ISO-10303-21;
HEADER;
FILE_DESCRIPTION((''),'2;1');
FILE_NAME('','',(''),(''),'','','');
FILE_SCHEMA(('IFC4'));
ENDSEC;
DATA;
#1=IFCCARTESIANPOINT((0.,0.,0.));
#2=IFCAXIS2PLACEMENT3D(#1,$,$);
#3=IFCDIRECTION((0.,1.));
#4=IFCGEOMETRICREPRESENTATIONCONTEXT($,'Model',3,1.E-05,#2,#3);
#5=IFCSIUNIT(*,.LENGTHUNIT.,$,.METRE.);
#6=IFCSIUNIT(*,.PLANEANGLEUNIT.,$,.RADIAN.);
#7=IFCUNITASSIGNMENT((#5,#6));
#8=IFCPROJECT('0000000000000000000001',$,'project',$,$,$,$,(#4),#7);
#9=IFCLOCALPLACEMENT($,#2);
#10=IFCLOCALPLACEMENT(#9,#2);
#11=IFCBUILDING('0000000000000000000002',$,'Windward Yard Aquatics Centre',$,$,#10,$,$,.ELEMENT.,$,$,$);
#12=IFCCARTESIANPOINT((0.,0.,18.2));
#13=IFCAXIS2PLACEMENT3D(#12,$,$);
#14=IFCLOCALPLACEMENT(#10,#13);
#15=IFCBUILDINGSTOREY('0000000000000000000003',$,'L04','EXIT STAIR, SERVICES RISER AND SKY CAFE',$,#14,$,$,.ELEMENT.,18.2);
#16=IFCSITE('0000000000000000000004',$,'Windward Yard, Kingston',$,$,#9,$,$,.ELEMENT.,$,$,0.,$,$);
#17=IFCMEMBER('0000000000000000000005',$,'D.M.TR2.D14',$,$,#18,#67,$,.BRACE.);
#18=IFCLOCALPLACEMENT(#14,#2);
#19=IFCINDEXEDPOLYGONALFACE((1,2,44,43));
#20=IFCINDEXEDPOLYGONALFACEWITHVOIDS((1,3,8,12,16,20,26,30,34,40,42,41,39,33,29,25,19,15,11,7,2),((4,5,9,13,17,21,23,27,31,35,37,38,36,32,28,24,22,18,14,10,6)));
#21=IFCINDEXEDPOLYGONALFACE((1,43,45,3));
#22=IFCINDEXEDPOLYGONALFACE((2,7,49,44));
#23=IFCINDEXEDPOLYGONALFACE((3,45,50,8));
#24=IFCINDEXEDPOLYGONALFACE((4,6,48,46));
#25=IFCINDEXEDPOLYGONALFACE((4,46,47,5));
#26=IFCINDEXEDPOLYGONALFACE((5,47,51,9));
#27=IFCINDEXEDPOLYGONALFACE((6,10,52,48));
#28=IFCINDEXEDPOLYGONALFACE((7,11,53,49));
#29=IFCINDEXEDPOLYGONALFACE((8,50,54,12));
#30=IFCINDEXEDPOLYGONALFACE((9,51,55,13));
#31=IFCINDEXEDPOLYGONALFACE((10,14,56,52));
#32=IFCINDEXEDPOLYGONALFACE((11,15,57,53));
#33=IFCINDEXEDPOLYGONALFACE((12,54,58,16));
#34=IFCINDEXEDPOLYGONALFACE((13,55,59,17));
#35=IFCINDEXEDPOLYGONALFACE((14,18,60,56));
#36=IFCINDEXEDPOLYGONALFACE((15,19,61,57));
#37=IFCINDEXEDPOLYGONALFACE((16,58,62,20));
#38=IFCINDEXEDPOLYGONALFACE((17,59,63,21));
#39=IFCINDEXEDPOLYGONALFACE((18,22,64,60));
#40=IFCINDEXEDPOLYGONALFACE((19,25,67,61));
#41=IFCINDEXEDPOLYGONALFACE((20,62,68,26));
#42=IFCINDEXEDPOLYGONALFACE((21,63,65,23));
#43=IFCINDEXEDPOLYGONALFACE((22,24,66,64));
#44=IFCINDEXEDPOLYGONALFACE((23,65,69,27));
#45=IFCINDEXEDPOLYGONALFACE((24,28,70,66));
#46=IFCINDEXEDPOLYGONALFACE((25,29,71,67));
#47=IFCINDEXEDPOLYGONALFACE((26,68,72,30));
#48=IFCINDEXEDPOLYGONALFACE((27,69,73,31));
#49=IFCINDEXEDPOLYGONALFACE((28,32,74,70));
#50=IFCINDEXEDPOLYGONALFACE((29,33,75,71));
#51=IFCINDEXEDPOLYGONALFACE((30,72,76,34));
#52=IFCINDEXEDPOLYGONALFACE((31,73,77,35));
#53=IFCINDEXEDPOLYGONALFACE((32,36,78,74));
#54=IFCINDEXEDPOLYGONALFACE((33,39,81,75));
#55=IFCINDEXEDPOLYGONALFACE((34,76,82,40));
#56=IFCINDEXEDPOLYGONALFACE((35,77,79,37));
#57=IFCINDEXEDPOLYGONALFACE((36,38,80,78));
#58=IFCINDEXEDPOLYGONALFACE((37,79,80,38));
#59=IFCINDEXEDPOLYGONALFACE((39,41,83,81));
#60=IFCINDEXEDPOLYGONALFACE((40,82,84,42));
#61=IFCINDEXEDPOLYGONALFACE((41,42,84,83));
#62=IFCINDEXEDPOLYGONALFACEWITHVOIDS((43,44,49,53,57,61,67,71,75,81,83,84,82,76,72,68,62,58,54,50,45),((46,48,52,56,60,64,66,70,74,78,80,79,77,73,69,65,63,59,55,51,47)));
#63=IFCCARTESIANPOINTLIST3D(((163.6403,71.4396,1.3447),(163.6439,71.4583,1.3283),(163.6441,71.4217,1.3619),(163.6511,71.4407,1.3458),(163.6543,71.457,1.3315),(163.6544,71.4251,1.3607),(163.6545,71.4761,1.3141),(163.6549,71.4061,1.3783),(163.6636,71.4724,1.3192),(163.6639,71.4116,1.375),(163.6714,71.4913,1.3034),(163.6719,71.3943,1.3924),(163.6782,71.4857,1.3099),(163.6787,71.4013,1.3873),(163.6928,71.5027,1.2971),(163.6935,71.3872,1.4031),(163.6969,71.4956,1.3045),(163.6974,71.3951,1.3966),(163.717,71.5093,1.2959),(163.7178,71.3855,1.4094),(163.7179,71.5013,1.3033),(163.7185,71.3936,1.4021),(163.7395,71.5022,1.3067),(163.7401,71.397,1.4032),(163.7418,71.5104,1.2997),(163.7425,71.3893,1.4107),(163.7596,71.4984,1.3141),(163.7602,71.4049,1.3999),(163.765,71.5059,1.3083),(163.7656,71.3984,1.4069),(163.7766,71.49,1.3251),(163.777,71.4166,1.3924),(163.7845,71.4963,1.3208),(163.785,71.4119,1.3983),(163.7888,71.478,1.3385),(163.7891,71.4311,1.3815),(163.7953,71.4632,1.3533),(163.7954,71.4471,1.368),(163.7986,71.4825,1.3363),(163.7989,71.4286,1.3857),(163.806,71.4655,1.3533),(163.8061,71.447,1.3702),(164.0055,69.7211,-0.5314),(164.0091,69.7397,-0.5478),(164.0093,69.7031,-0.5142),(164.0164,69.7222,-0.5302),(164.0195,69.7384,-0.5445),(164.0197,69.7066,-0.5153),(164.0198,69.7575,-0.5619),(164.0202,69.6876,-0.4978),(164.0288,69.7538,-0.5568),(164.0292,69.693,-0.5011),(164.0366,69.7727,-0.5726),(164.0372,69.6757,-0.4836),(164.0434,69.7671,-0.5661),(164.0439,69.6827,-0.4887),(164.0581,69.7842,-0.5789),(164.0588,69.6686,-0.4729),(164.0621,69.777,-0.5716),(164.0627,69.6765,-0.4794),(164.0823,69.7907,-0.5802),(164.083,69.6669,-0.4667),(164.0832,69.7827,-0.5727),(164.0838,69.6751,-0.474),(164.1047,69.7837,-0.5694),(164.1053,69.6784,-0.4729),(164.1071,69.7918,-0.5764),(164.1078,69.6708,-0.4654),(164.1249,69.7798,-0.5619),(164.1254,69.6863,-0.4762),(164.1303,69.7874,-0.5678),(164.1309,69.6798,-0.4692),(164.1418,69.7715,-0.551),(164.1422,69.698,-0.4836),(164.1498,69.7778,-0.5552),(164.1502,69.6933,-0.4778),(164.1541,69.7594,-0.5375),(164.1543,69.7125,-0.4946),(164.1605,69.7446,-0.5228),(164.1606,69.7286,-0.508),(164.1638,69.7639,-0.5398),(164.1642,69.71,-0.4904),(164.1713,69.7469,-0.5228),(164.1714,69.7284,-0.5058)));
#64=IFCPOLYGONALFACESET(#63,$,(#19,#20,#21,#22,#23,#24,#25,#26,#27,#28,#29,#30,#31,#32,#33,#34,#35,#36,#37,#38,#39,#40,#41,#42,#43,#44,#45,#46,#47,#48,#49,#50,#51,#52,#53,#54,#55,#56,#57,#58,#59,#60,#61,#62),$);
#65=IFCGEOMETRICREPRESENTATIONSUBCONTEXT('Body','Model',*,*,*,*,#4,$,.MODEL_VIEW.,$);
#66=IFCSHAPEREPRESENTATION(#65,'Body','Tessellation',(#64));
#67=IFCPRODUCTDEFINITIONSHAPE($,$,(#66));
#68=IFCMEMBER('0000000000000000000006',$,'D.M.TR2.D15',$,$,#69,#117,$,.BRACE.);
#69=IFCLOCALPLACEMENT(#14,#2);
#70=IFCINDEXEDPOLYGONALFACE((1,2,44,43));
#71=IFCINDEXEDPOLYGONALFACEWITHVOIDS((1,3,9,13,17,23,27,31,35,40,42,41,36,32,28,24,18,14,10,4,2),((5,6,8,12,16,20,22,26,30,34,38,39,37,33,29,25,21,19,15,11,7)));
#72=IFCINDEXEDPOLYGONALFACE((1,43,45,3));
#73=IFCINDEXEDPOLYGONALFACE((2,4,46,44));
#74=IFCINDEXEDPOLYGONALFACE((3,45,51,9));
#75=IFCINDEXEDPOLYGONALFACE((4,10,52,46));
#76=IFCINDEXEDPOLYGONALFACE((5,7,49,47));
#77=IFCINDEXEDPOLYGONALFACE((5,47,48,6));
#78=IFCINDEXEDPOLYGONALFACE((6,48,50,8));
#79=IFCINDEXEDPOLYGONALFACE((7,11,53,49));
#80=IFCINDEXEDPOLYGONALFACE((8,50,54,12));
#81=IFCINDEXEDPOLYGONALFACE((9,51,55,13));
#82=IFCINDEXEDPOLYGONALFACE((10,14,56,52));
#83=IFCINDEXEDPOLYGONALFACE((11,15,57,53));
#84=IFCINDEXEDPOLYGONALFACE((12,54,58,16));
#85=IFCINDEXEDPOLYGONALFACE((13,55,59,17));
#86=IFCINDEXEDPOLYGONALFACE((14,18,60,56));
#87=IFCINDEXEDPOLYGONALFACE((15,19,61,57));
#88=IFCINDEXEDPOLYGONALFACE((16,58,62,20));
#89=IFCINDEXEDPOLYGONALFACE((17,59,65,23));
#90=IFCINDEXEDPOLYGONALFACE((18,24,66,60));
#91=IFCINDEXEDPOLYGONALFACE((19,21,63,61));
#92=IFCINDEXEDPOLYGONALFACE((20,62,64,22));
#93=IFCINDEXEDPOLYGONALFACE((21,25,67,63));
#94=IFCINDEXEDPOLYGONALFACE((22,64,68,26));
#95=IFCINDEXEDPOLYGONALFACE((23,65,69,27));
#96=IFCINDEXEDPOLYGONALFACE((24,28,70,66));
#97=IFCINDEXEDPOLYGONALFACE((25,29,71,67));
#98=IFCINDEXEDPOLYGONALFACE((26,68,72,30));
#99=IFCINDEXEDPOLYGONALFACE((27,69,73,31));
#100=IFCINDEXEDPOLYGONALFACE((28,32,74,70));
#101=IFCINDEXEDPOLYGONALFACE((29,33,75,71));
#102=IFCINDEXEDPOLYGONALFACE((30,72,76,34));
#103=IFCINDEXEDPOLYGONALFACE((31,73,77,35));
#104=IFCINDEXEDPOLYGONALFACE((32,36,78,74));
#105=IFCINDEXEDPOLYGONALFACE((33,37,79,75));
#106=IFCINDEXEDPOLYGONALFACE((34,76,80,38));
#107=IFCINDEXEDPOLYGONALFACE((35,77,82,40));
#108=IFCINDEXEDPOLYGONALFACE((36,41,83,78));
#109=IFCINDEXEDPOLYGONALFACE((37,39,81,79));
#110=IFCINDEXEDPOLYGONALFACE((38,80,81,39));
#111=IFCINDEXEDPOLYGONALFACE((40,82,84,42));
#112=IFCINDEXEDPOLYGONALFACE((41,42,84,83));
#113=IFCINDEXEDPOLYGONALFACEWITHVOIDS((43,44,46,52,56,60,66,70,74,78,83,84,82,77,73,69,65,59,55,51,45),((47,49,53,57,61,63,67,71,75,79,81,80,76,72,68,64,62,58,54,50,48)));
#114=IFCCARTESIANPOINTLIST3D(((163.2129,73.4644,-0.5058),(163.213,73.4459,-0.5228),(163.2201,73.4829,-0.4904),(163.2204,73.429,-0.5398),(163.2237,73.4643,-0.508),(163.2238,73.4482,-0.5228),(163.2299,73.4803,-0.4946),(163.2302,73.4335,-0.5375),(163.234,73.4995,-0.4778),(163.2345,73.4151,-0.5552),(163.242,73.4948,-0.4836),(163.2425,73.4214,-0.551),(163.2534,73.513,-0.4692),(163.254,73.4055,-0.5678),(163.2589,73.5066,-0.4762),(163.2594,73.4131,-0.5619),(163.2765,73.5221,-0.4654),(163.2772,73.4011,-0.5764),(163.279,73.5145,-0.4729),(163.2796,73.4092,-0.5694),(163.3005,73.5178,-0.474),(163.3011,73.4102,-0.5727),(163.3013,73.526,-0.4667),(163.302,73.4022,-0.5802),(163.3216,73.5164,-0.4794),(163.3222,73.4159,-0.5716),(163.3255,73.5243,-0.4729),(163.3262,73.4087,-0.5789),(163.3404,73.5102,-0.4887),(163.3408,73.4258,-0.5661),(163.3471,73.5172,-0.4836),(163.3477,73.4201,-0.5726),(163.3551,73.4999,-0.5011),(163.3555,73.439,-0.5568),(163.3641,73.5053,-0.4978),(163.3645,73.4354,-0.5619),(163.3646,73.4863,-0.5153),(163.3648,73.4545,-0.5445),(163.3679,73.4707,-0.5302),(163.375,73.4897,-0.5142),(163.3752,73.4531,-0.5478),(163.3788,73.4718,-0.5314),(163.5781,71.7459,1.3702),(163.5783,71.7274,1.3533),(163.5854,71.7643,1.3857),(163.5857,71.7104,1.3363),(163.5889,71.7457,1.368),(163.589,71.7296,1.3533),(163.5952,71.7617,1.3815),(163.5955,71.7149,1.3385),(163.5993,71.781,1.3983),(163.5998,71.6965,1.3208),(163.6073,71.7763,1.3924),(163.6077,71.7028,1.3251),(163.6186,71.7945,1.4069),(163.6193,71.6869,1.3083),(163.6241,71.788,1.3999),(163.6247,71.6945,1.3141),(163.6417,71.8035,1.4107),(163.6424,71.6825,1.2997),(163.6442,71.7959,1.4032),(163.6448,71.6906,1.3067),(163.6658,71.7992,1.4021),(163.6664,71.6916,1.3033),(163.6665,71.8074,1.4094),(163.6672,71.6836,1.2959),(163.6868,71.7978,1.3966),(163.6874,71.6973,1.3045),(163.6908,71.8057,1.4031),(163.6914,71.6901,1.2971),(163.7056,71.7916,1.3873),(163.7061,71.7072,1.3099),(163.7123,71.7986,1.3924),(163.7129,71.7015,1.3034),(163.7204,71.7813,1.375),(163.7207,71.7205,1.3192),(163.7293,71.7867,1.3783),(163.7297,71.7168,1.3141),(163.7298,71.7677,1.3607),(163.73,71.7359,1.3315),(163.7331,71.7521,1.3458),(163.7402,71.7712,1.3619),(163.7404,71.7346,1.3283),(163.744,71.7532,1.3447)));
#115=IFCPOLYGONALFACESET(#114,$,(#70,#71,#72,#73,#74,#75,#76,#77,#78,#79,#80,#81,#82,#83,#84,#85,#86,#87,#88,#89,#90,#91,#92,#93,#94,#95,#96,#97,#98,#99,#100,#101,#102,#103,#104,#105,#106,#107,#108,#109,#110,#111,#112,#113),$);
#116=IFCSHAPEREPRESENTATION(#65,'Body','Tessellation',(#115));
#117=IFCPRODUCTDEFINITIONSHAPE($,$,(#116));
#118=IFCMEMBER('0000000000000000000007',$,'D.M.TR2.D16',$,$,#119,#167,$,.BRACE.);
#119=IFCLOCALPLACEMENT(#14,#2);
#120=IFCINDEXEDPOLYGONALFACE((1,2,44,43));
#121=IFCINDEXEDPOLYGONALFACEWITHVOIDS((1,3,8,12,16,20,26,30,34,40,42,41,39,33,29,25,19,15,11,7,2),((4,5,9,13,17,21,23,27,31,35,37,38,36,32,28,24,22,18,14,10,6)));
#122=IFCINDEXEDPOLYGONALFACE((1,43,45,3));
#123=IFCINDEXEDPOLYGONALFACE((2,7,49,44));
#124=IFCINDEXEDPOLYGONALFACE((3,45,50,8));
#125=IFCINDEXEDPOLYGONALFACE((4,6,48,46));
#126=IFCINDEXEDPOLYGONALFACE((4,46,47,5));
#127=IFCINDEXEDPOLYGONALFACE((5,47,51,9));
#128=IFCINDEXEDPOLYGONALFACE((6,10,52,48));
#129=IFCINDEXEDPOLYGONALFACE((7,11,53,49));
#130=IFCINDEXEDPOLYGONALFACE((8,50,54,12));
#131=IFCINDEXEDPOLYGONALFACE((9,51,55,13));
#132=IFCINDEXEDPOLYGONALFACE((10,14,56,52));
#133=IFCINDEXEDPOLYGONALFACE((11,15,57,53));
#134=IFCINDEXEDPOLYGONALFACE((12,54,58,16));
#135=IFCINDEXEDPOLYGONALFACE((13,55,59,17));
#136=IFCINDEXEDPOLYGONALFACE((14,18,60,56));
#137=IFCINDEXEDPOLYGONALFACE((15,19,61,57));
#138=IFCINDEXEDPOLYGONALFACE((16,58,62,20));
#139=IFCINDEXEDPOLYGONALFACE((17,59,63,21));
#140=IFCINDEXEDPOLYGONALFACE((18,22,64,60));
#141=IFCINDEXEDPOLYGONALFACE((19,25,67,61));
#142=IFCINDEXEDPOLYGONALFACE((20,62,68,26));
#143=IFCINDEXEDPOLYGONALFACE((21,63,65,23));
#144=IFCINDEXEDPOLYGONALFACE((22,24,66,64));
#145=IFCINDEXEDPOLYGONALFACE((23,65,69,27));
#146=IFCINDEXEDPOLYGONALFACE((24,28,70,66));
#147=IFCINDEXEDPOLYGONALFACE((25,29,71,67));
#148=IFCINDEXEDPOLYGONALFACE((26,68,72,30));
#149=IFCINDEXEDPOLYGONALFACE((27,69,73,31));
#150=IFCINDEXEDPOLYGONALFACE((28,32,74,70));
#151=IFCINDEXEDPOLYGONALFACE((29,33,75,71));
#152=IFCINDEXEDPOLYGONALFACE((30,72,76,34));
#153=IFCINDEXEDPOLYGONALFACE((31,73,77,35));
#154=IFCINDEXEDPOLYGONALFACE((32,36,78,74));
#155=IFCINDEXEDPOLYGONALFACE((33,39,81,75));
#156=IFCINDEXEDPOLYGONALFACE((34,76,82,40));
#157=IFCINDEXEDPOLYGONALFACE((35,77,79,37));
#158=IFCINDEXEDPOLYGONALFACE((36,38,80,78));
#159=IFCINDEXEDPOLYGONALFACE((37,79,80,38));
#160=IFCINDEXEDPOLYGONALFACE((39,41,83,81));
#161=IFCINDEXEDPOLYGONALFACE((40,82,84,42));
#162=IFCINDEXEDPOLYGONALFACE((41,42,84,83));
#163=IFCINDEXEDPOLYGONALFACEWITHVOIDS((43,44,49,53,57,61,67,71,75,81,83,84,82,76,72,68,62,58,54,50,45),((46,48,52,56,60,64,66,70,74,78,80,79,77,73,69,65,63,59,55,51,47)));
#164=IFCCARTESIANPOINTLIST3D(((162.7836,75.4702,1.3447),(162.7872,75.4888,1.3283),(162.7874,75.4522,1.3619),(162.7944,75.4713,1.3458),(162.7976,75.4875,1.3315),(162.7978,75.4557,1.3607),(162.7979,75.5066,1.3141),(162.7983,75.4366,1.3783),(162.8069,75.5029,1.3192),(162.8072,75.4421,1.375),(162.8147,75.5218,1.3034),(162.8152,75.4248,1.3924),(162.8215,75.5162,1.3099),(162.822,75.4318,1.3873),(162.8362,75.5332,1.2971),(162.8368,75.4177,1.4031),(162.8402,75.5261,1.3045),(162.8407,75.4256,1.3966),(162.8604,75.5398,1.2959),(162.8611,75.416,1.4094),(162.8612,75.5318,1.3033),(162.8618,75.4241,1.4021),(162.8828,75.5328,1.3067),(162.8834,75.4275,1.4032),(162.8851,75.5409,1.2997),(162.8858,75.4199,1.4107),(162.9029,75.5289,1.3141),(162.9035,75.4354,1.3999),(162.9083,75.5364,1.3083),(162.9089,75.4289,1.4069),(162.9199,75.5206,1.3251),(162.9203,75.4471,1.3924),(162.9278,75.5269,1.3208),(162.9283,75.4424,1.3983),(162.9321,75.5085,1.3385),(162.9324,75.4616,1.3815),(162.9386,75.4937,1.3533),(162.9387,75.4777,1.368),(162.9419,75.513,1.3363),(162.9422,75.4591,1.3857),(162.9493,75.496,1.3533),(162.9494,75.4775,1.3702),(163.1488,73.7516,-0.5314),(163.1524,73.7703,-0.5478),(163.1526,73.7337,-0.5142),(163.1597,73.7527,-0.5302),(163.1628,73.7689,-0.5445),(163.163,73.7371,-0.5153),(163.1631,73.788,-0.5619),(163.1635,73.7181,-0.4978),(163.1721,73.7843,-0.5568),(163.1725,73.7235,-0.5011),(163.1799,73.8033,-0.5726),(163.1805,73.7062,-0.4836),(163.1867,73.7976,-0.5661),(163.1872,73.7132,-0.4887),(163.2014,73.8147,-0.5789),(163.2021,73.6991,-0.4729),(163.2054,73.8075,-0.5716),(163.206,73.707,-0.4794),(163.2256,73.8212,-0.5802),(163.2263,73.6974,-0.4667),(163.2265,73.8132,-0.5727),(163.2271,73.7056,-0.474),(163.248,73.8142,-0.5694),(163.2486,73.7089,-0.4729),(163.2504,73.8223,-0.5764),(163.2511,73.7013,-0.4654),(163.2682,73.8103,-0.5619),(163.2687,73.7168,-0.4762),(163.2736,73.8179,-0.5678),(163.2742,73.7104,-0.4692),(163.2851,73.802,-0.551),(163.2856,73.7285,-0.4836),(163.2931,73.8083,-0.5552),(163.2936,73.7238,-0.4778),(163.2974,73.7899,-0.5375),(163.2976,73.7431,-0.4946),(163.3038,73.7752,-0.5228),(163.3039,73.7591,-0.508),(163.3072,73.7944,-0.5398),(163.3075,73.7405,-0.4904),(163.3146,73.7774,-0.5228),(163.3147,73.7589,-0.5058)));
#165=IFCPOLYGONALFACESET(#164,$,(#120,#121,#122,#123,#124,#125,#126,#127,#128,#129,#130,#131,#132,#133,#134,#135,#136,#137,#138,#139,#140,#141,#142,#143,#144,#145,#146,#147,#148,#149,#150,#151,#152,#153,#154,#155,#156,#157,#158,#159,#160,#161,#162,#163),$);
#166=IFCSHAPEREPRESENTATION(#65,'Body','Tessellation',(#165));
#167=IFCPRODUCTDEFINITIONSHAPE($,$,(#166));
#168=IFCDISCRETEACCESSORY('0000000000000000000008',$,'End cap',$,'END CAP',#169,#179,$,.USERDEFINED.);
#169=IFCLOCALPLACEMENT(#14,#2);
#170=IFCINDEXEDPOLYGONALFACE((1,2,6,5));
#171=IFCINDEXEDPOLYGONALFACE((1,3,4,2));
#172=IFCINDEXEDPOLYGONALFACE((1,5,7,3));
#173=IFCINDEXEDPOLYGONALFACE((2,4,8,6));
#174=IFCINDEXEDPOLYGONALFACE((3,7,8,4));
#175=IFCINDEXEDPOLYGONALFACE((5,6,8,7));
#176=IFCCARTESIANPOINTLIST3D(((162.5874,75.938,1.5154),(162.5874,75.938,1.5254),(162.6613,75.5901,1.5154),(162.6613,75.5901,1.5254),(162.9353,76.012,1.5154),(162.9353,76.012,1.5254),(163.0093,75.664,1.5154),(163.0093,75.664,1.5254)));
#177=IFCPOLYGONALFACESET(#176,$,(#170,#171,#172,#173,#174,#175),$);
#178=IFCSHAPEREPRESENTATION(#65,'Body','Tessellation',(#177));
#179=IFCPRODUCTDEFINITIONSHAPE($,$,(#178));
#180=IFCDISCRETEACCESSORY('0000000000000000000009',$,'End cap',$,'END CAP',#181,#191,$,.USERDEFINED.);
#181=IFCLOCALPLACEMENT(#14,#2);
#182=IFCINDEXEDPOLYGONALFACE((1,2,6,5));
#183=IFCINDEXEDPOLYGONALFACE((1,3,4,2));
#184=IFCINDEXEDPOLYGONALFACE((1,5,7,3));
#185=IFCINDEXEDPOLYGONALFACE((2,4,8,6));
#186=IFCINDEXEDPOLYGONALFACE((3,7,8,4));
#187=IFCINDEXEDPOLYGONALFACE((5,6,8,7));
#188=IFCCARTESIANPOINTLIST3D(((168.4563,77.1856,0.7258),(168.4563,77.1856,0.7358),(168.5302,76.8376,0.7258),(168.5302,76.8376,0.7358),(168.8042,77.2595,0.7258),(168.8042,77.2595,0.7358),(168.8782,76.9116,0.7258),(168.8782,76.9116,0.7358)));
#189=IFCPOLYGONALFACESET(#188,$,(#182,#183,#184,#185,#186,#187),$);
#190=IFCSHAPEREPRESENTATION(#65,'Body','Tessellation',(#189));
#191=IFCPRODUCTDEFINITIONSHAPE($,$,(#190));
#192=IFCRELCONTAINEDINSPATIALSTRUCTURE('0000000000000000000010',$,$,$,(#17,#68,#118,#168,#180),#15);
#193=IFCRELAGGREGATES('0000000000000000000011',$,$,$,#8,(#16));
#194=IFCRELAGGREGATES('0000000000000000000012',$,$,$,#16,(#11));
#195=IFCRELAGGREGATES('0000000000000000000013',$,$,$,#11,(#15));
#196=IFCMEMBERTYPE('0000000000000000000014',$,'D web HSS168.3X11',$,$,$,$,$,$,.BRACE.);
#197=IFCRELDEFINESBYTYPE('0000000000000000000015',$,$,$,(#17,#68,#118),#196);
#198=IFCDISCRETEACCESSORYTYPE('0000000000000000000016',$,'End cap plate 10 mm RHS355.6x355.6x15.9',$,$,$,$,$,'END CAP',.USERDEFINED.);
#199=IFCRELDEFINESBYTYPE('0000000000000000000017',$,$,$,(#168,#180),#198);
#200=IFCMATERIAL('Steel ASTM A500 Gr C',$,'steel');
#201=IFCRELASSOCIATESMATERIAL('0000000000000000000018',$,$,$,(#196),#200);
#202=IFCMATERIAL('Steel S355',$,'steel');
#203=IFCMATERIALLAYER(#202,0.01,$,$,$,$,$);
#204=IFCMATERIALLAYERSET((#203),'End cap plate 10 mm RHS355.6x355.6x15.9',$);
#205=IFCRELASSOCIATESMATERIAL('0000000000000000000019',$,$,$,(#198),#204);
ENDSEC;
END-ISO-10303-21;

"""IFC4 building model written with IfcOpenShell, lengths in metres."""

from ifc_helpers import new_model, si_unit, direction, frame, origin, origin_2d, place, context, subcontext, project, spatial, rectangle, hollow_circle, extrude, material, layer, layer_set, material_profile, profile_set, type_object, element, save


model = new_model("IFC4")

# Units and contexts
model_context = context("Model", 3, precision=1e-05, world=origin(), true_north=direction((0.0, 1.0)))
body_context = subcontext(model_context, "Body", "Model", "MODEL_VIEW")
ifc_project = project(units=[si_unit("LENGTHUNIT", "METRE"), si_unit("PLANEANGLEUNIT", "RADIAN")], contexts=[model_context])

# Site, building, storey
site_placement = place(None, origin())
site = spatial("IfcSite", under=ifc_project, at=site_placement, Name="Windward Yard, Kingston", CompositionType="ELEMENT", RefElevation=0.0)
building_placement = place(site_placement, origin())
building = spatial("IfcBuilding", under=site, at=building_placement, Name="Windward Yard Aquatics Centre", CompositionType="ELEMENT")
storey_placement = place(building_placement, frame((0.0, 0.0, 18.2)))
storey = spatial("IfcBuildingStorey", under=building, at=storey_placement, Name="L04", Description="EXIT STAIR, SERVICES RISER AND SKY CAFE", CompositionType="ELEMENT", Elevation=18.2)

# Shared definitions
ifc_material_1 = material(Name="Steel ASTM A500 Gr C", Category="steel")

# Members
ifc_material_profile_1 = material_profile(ifc_material_1, hollow_circle(Radius=0.0842, WallThickness=0.011, at=origin_2d()), Name="HSS168.3X11")
ifc_profile_set_1 = profile_set([ifc_material_profile_1], Name="Steel ASTM A500 Gr C")
member_type_1 = type_object("IfcMemberType", Name="D web HSS168.3X11", PredefinedType="BRACE", material=ifc_profile_set_1)
for number, where, z_axis, x_axis, name in (
    (1, (163.7236, 71.448, 1.3533), (0.142103, -0.668626, -0.729894), (0.978153, 0.207887, 0.0), "D.M.TR2.D14"),
    (2, (163.6606, 71.7449, 1.3533), (-0.142103, 0.668626, -0.729894), (-0.978153, -0.207887, 0.0), "D.M.TR2.D15"),
    (3, (162.8669, 75.4785, 1.3533), (0.142103, -0.668626, -0.729894), (0.978153, 0.207887, 0.0), "D.M.TR2.D16"),
):
    element("IfcMember", number, at=place(storey_placement, frame(where, z_axis=z_axis, x_axis=x_axis)), inside=storey, type_object=member_type_1, Name=name, PredefinedType="BRACE", context=body_context, shape_type="SweptSolid", body=[
        extrude(hollow_circle(Radius=0.0842, WallThickness=0.011, at=origin_2d()), origin(), (0.0, 0.0, 1.0), 2.5703),
    ])

# Discrete accessories
ifc_material_2 = material(Name="Steel S355", Category="steel")
ifc_layer_1 = layer(ifc_material_2, 0.01)
ifc_layer_set_1 = layer_set([ifc_layer_1], Name="End cap plate 10 mm RHS355.6x355.6x15.9")
discrete_accessory_type_1 = type_object("IfcDiscreteAccessoryType", Name="End cap plate 10 mm RHS355.6x355.6x15.9", ElementType="END CAP", PredefinedType="USERDEFINED", material=ifc_layer_set_1)
for number, where, z_axis, x_axis, name in (
    (4, (162.7983, 75.801, 1.5154), (0.0, 0.0, 1.0), (0.978148, 0.207912, 0.0), "End cap"),
    (5, (168.6672, 77.0486, 0.7258), (0.0, 0.0, 1.0), (0.978148, 0.207912, 0.0), "End cap"),
):
    element("IfcDiscreteAccessory", number, at=place(storey_placement, frame(where, z_axis=z_axis, x_axis=x_axis)), inside=storey, type_object=discrete_accessory_type_1, Name=name, ObjectType="END CAP", PredefinedType="USERDEFINED", context=body_context, shape_type="SweptSolid", body=[
        extrude(rectangle(XDim=0.3557, YDim=0.3557, at=origin_2d()), origin(), (0.0, 0.0, 1.0), 0.01),
    ])

save(model, "model.ifc")
